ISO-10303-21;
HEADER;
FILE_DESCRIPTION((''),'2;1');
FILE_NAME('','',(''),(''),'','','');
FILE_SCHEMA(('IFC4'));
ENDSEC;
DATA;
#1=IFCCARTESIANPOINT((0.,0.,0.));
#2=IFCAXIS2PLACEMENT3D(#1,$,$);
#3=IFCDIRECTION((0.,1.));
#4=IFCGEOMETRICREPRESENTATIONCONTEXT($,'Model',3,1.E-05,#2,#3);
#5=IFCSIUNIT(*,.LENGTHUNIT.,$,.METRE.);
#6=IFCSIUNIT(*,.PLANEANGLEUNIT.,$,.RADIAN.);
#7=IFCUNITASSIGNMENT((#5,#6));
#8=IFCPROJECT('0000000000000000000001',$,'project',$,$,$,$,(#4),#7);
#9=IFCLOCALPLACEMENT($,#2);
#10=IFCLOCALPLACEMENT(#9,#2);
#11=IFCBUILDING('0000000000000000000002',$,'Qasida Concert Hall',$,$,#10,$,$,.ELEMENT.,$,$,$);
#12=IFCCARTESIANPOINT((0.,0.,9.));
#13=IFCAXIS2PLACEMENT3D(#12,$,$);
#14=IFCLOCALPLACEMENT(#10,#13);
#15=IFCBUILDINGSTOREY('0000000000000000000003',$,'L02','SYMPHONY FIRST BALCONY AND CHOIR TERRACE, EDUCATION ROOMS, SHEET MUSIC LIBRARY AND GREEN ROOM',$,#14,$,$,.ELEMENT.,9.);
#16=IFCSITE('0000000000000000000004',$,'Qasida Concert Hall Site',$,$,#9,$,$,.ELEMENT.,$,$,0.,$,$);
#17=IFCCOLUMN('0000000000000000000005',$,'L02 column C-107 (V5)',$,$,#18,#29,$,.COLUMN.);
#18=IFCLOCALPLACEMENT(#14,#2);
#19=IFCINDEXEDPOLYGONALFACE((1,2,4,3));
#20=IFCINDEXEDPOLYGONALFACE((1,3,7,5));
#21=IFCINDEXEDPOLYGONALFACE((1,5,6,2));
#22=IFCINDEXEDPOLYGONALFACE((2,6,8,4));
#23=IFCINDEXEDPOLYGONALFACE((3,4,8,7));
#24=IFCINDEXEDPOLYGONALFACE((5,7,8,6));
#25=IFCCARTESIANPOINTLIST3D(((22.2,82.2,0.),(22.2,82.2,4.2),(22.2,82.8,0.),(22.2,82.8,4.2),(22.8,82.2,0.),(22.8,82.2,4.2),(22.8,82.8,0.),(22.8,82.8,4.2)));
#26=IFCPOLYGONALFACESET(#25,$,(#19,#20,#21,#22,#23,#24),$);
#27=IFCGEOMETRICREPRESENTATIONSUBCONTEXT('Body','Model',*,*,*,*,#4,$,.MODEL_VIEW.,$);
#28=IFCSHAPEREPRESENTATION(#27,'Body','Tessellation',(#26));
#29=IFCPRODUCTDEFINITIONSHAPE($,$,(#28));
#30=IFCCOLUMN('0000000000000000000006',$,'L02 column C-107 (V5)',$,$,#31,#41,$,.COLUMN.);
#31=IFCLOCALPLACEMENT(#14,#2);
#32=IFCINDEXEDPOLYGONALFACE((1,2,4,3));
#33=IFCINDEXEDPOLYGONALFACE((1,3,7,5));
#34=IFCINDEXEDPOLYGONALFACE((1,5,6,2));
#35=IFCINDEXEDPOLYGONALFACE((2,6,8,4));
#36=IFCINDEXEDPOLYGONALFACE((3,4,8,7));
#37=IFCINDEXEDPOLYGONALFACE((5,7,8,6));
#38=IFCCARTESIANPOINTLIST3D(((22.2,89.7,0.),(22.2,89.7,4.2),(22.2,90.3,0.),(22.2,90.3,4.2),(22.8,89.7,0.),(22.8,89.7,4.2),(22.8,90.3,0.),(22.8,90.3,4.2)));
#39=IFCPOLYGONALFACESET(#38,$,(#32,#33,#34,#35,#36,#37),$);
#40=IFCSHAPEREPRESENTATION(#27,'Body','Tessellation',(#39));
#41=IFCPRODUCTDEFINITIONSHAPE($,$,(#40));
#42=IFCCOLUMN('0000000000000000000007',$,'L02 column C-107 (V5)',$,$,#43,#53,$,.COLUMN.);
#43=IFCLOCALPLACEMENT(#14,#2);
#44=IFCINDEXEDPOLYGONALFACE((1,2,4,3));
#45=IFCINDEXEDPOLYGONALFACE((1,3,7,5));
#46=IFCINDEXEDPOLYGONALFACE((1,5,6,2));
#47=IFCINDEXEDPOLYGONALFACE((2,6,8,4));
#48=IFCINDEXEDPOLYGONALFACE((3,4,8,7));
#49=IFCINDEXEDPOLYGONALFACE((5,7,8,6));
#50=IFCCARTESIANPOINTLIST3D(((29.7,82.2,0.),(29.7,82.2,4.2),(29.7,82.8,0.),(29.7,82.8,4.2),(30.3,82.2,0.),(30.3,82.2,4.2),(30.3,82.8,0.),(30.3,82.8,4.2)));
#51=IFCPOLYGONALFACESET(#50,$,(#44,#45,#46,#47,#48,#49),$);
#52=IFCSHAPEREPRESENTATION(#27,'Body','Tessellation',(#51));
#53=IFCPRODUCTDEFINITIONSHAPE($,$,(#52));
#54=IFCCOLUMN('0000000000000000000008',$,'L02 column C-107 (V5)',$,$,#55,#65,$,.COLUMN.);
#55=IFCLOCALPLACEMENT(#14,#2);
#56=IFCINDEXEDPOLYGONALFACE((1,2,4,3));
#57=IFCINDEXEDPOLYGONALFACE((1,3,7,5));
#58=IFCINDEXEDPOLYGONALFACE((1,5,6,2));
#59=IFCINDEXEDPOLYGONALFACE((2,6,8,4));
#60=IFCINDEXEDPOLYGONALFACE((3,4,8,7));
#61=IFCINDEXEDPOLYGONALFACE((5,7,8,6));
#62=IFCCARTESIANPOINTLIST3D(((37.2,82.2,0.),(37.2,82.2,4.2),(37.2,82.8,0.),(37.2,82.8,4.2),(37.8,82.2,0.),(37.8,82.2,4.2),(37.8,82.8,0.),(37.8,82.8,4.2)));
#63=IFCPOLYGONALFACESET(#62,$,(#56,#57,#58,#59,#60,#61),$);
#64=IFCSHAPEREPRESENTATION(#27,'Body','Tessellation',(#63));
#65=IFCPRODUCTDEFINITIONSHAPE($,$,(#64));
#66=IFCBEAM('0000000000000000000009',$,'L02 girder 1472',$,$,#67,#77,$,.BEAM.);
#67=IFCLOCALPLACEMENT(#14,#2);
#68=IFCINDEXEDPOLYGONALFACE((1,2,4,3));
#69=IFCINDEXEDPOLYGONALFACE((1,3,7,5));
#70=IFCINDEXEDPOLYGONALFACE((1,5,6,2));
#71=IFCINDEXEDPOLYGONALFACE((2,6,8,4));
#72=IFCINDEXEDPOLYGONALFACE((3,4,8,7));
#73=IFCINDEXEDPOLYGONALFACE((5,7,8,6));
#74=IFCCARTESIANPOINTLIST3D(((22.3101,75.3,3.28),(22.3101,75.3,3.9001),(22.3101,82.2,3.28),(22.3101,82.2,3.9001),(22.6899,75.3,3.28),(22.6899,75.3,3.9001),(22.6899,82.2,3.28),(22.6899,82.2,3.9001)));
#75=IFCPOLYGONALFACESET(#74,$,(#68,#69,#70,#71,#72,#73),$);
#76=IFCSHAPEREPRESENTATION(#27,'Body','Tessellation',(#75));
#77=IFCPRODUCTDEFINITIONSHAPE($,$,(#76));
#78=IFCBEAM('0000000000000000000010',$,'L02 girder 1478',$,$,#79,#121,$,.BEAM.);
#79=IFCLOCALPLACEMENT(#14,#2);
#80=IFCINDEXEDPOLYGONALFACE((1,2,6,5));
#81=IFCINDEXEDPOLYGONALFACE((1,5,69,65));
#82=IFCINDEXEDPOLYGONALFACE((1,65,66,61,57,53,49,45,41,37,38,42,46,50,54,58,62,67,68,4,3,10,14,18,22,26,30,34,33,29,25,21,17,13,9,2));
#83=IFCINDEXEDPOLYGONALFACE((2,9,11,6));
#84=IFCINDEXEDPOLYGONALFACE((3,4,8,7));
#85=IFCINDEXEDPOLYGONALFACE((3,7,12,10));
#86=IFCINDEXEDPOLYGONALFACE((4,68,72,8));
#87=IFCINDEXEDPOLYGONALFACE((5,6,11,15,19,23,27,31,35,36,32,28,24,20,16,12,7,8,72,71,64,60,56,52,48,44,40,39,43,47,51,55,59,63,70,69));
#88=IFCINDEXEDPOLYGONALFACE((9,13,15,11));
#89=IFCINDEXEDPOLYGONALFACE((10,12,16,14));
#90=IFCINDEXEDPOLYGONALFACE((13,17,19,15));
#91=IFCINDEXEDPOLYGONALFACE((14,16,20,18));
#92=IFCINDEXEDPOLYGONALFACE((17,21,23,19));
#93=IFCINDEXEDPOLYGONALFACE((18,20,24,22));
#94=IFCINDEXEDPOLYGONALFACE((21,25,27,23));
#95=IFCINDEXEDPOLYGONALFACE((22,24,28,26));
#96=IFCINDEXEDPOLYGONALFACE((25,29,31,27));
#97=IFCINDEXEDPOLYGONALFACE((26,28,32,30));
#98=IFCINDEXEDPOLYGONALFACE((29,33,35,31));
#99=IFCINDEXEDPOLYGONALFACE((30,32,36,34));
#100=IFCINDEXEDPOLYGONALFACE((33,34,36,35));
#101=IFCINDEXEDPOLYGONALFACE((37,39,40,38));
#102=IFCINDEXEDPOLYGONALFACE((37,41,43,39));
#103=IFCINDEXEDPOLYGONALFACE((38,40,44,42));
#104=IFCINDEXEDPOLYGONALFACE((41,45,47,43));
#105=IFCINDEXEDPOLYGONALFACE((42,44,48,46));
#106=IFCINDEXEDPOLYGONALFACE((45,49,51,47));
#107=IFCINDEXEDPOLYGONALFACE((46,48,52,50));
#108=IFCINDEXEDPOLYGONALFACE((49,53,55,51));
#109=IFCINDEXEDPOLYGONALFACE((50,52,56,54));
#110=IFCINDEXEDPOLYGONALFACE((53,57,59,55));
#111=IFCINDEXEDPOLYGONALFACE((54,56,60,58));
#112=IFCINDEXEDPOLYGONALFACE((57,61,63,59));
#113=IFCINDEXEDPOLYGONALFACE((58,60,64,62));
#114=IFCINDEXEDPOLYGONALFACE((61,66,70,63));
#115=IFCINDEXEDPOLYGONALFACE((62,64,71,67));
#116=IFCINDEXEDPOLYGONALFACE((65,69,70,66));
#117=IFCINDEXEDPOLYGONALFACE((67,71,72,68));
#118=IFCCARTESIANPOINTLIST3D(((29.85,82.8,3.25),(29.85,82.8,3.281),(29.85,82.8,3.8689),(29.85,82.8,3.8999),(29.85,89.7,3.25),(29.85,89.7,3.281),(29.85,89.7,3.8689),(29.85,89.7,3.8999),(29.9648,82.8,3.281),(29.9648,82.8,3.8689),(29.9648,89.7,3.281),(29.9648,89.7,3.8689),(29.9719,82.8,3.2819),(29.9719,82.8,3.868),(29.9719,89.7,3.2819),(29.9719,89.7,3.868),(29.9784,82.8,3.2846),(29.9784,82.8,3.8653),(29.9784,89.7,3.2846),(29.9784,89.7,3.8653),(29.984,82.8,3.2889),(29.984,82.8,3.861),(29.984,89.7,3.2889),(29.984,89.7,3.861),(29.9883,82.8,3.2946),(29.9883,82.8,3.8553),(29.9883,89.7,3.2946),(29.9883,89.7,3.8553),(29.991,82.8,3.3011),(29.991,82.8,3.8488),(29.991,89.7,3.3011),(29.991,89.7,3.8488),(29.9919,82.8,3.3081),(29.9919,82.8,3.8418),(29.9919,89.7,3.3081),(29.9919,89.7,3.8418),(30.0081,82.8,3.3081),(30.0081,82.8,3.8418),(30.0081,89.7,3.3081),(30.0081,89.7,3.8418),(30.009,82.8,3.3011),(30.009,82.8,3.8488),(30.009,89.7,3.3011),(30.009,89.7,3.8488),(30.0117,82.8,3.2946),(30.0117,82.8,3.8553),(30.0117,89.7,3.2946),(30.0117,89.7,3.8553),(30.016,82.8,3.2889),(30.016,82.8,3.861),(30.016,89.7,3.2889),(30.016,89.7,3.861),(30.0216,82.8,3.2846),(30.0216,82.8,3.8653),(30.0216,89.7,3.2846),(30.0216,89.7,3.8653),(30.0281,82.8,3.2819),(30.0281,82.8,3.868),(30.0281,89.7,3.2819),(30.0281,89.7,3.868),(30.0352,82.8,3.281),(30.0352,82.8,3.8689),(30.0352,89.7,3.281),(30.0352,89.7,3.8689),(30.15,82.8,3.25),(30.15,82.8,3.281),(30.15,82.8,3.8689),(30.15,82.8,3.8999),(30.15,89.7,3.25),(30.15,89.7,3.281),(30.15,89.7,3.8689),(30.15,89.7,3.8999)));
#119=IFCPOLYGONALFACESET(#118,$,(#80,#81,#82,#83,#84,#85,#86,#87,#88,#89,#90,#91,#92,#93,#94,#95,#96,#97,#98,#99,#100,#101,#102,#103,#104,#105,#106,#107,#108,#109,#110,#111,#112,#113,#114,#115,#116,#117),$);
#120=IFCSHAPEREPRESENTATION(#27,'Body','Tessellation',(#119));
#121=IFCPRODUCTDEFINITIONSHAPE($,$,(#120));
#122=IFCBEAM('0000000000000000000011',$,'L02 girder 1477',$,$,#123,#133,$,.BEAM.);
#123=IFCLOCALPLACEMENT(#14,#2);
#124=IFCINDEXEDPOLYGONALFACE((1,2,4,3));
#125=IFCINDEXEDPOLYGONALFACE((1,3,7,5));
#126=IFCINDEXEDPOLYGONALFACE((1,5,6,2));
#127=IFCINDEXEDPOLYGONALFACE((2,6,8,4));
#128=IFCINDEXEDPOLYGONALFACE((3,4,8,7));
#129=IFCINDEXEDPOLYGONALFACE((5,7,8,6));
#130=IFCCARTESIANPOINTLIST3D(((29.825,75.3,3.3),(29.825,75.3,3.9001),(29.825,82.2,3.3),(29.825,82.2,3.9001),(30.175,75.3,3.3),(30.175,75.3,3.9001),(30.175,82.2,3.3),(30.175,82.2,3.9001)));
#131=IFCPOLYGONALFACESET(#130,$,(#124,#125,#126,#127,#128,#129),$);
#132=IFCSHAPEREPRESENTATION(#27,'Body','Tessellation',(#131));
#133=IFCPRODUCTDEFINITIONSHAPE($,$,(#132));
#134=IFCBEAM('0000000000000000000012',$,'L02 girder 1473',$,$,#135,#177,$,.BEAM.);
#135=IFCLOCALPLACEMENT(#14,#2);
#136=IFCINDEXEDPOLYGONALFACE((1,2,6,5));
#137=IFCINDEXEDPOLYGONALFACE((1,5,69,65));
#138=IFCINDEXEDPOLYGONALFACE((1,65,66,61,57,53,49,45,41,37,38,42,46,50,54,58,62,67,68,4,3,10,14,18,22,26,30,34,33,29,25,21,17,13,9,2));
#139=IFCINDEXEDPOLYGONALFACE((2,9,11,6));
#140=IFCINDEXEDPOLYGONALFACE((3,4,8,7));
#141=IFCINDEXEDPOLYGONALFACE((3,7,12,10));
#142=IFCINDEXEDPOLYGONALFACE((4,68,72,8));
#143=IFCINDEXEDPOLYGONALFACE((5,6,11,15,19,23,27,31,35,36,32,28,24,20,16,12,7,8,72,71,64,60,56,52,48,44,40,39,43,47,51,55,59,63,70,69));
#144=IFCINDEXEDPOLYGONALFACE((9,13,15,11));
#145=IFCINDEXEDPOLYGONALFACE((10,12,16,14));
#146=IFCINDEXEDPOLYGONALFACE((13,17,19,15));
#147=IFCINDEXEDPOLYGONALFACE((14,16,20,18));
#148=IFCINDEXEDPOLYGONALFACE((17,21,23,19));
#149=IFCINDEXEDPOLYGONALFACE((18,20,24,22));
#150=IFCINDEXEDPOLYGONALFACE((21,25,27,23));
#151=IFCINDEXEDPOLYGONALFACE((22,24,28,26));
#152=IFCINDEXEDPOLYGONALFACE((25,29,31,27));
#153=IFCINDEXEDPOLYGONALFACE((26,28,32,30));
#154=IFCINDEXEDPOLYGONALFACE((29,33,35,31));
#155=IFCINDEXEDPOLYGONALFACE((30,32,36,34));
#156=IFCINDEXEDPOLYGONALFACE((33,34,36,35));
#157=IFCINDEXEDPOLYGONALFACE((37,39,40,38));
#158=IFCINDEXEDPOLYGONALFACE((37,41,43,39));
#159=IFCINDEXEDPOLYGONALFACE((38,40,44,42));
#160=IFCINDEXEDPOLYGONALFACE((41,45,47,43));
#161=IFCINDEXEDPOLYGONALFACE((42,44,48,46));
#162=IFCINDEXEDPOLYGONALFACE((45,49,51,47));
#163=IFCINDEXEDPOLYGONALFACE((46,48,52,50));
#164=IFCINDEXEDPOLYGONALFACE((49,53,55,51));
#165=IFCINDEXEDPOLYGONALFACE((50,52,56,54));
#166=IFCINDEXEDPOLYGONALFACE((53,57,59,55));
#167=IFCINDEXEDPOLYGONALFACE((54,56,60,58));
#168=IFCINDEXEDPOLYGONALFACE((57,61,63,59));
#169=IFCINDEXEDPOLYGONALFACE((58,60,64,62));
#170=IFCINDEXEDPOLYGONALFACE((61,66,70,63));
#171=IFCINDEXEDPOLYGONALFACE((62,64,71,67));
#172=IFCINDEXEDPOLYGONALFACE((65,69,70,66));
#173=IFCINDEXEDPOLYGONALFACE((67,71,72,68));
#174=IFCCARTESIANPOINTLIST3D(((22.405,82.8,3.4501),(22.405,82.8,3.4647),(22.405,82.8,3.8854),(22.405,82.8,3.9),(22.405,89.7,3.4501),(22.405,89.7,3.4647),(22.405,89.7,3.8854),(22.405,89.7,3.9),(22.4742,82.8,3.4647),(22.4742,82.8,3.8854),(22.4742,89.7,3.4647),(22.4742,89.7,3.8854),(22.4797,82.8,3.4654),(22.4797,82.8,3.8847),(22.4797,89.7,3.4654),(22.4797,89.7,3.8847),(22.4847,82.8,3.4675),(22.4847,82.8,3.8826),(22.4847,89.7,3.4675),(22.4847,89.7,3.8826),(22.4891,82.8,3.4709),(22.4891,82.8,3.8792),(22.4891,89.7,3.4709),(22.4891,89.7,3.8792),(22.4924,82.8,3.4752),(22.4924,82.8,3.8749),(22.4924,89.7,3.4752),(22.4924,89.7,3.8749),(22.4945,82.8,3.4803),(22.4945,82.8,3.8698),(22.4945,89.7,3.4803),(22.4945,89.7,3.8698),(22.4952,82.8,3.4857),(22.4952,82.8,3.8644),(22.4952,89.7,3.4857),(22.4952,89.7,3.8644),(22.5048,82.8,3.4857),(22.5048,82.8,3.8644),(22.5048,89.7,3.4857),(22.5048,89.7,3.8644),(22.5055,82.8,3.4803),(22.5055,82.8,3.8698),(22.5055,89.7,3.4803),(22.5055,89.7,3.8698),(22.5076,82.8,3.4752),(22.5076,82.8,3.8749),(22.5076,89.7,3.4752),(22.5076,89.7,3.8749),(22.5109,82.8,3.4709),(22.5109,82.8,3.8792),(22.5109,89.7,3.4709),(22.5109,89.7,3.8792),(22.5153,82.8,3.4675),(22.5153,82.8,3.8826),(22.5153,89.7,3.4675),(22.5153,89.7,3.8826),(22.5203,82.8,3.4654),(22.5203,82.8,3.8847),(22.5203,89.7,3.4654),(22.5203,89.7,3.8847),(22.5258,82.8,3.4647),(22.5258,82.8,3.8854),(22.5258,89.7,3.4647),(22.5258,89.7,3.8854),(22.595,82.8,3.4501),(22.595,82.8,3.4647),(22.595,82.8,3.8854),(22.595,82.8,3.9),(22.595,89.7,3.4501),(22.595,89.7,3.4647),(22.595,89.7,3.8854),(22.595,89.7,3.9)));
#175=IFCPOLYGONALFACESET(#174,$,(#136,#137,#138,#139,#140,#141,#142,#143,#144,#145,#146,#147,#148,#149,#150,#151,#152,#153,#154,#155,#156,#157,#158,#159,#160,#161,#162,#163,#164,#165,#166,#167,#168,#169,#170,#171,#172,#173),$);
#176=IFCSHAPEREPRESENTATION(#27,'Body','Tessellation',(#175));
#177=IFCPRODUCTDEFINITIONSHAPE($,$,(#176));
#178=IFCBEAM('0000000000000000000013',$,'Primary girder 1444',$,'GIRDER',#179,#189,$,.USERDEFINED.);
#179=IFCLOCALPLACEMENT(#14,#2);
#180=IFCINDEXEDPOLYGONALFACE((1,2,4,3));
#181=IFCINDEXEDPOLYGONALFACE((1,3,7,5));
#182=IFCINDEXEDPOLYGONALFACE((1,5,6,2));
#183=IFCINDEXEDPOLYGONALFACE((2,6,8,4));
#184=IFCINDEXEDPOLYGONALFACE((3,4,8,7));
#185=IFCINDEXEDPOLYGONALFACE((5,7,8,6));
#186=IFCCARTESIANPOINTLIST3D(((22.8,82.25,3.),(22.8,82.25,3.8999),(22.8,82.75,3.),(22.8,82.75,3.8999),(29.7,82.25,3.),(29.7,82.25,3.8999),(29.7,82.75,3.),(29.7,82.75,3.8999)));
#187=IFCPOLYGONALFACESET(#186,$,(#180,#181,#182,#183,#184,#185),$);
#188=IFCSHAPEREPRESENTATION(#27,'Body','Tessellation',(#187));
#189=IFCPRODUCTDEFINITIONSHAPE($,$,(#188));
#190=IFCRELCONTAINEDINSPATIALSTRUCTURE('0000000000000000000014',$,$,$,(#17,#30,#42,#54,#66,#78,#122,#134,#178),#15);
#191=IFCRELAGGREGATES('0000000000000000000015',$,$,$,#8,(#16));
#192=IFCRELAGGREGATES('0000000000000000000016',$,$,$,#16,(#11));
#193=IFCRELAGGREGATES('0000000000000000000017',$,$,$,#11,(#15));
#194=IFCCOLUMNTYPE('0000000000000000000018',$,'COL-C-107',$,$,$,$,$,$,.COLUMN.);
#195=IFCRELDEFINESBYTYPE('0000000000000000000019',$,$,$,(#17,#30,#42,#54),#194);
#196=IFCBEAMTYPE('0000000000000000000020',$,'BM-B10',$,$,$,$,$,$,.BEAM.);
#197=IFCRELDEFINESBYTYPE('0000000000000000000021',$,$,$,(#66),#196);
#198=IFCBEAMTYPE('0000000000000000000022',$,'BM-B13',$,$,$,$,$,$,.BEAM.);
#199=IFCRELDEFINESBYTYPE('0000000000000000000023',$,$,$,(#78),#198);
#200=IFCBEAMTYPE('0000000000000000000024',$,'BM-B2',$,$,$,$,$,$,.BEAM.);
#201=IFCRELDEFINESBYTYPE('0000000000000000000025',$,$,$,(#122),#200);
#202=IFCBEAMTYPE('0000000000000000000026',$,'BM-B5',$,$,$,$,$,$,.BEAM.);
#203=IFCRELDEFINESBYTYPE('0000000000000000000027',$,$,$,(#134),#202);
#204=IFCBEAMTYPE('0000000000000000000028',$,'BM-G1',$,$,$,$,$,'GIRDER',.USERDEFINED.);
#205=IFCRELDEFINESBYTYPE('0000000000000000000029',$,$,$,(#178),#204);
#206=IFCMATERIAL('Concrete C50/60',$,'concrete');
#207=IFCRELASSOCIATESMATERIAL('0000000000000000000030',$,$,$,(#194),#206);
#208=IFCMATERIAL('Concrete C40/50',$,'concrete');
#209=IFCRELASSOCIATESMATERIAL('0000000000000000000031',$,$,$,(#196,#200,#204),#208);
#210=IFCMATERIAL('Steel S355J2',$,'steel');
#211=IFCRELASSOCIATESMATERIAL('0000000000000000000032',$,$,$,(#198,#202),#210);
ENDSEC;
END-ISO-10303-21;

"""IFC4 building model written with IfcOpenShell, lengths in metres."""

from ifc_helpers import new_model, si_unit, direction, frame, origin, origin_2d, place, context, subcontext, project, spatial, rectangle, i_section, extrude, material, material_profile, profile_set, type_object, element, save


model = new_model("IFC4")

# Units and contexts
model_context = context("Model", 3, precision=1e-05, world=origin(), true_north=direction((0.0, 1.0)))
body_context = subcontext(model_context, "Body", "Model", "MODEL_VIEW")
ifc_project = project(units=[si_unit("LENGTHUNIT", "METRE"), si_unit("PLANEANGLEUNIT", "RADIAN")], contexts=[model_context])

# Site, building, storey
site_placement = place(None, origin())
site = spatial("IfcSite", under=ifc_project, at=site_placement, Name="Qasida Concert Hall Site", CompositionType="ELEMENT", RefElevation=0.0)
building_placement = place(site_placement, origin())
building = spatial("IfcBuilding", under=site, at=building_placement, Name="Qasida Concert Hall", CompositionType="ELEMENT")
storey_placement = place(building_placement, frame((0.0, 0.0, 9.0)))
storey = spatial("IfcBuildingStorey", under=building, at=storey_placement, Name="L02", Description="SYMPHONY FIRST BALCONY AND CHOIR TERRACE, EDUCATION ROOMS, SHEET MUSIC LIBRARY AND GREEN ROOM", CompositionType="ELEMENT", Elevation=9.0)

# Columns
ifc_material_1 = material(Name="Concrete C50/60", Category="concrete")
ifc_material_profile_1 = material_profile(ifc_material_1, rectangle(XDim=0.6001, YDim=0.6001, at=origin_2d()), Name="RC 600x600")
ifc_profile_set_1 = profile_set([ifc_material_profile_1], Name="Concrete C50/60")
column_type = type_object("IfcColumnType", Name="COL-C-107", PredefinedType="COLUMN", material=ifc_profile_set_1)
for number, where, z_axis, x_axis, name in (
    (1, (22.5, 82.5, 0.0), (0.0, 0.0, 1.0), (1.0, 0.0, 0.0), "L02 column C-107 (V5)"),
    (2, (22.5, 90.0, 0.0), (0.0, 0.0, 1.0), (1.0, 0.0, 0.0), "L02 column C-107 (V5)"),
    (3, (30.0, 82.5, 0.0), (0.0, 0.0, 1.0), (1.0, 0.0, 0.0), "L02 column C-107 (V5)"),
    (4, (37.5, 82.5, 0.0), (0.0, 0.0, 1.0), (1.0, 0.0, 0.0), "L02 column C-107 (V5)"),
):
    element("IfcColumn", number, at=place(storey_placement, frame(where, z_axis=z_axis, x_axis=x_axis)), inside=storey, type_object=column_type, Name=name, PredefinedType="COLUMN", context=body_context, shape_type="SweptSolid", body=[
        extrude(rectangle(XDim=0.6001, YDim=0.6001, at=origin_2d()), origin(), (0.0, 0.0, 1.0), 4.2),
    ])

# Beams
ifc_material_2 = material(Name="Concrete C40/50", Category="concrete")
ifc_material_profile_2 = material_profile(ifc_material_2, rectangle(XDim=0.3799, YDim=0.6201, at=origin_2d()), Name="RC 380x620")
ifc_profile_set_2 = profile_set([ifc_material_profile_2], Name="Concrete C40/50")
beam_type_1 = type_object("IfcBeamType", Name="BM-B10", PredefinedType="BEAM", material=ifc_profile_set_2)
beam_1_placement = place(storey_placement, frame((22.5, 75.3, 3.5901), z_axis=(0.0, 1.0, 0.0), x_axis=(-1.0, 0.0, 0.0)))
element("IfcBeam", 5, at=beam_1_placement, inside=storey, type_object=beam_type_1, Name="L02 girder 1472", PredefinedType="BEAM", context=body_context, shape_type="SweptSolid", body=[
    extrude(rectangle(XDim=0.3799, YDim=0.6201, at=origin_2d()), origin(), (0.0, 0.0, 1.0), 6.8999),
])
ifc_material_3 = material(Name="Steel S355J2", Category="steel")
ifc_material_profile_3 = material_profile(ifc_material_3, i_section(OverallWidth=0.3, OverallDepth=0.6499, WebThickness=0.0161, FlangeThickness=0.031, FilletRadius=0.0271, at=origin_2d()), Name="HEB 650")
ifc_profile_set_3 = profile_set([ifc_material_profile_3], Name="Steel S355J2")
beam_type_2 = type_object("IfcBeamType", Name="BM-B13", PredefinedType="BEAM", material=ifc_profile_set_3)
beam_2_placement = place(storey_placement, frame((30.0, 82.8, 3.575), z_axis=(0.0, 1.0, 0.0), x_axis=(-1.0, 0.0, 0.0)))
element("IfcBeam", 6, at=beam_2_placement, inside=storey, type_object=beam_type_2, Name="L02 girder 1478", PredefinedType="BEAM", context=body_context, shape_type="SweptSolid", body=[
    extrude(i_section(OverallWidth=0.3, OverallDepth=0.6499, WebThickness=0.0161, FlangeThickness=0.031, FilletRadius=0.0271, at=origin_2d()), origin(), (0.0, 0.0, 1.0), 6.8999),
])
ifc_material_profile_4 = material_profile(ifc_material_2, rectangle(XDim=0.3501, YDim=0.6001, at=origin_2d()), Name="RC 350x600")
ifc_profile_set_4 = profile_set([ifc_material_profile_4], Name="Concrete C40/50")
beam_type_3 = type_object("IfcBeamType", Name="BM-B2", PredefinedType="BEAM", material=ifc_profile_set_4)
beam_3_placement = place(storey_placement, frame((30.0, 75.3, 3.6001), z_axis=(0.0, 1.0, 0.0), x_axis=(-1.0, 0.0, 0.0)))
element("IfcBeam", 7, at=beam_3_placement, inside=storey, type_object=beam_type_3, Name="L02 girder 1477", PredefinedType="BEAM", context=body_context, shape_type="SweptSolid", body=[
    extrude(rectangle(XDim=0.3501, YDim=0.6001, at=origin_2d()), origin(), (0.0, 0.0, 1.0), 6.8999),
])
ifc_material_profile_5 = material_profile(ifc_material_3, i_section(OverallWidth=0.1899, OverallDepth=0.45, WebThickness=0.0095, FlangeThickness=0.0146, FilletRadius=0.021, at=origin_2d()), Name="IPE 450")
ifc_profile_set_5 = profile_set([ifc_material_profile_5], Name="Steel S355J2")
beam_type_4 = type_object("IfcBeamType", Name="BM-B5", PredefinedType="BEAM", material=ifc_profile_set_5)
beam_4_placement = place(storey_placement, frame((22.5, 82.8, 3.675), z_axis=(0.0, 1.0, 0.0), x_axis=(-1.0, 0.0, 0.0)))
element("IfcBeam", 8, at=beam_4_placement, inside=storey, type_object=beam_type_4, Name="L02 girder 1473", PredefinedType="BEAM", context=body_context, shape_type="SweptSolid", body=[
    extrude(i_section(OverallWidth=0.1899, OverallDepth=0.45, WebThickness=0.0095, FlangeThickness=0.0146, FilletRadius=0.021, at=origin_2d()), origin(), (0.0, 0.0, 1.0), 6.8999),
])
ifc_material_profile_6 = material_profile(ifc_material_2, rectangle(XDim=0.5, YDim=0.8999, at=origin_2d()), Name="RC 500x900")
ifc_profile_set_6 = profile_set([ifc_material_profile_6], Name="Concrete C40/50")
beam_type_5 = type_object("IfcBeamType", Name="BM-G1", ElementType="GIRDER", PredefinedType="USERDEFINED", material=ifc_profile_set_6)
beam_5_placement = place(storey_placement, frame((22.8, 82.5, 3.45), z_axis=(1.0, 0.0, 0.0), x_axis=(0.0, 1.0, 0.0)))
element("IfcBeam", 9, at=beam_5_placement, inside=storey, type_object=beam_type_5, Name="Primary girder 1444", ObjectType="GIRDER", PredefinedType="USERDEFINED", context=body_context, shape_type="SweptSolid", body=[
    extrude(rectangle(XDim=0.5, YDim=0.8999, at=origin_2d()), origin(), (0.0, 0.0, 1.0), 6.8999),
])

save(model, "model.ifc")
